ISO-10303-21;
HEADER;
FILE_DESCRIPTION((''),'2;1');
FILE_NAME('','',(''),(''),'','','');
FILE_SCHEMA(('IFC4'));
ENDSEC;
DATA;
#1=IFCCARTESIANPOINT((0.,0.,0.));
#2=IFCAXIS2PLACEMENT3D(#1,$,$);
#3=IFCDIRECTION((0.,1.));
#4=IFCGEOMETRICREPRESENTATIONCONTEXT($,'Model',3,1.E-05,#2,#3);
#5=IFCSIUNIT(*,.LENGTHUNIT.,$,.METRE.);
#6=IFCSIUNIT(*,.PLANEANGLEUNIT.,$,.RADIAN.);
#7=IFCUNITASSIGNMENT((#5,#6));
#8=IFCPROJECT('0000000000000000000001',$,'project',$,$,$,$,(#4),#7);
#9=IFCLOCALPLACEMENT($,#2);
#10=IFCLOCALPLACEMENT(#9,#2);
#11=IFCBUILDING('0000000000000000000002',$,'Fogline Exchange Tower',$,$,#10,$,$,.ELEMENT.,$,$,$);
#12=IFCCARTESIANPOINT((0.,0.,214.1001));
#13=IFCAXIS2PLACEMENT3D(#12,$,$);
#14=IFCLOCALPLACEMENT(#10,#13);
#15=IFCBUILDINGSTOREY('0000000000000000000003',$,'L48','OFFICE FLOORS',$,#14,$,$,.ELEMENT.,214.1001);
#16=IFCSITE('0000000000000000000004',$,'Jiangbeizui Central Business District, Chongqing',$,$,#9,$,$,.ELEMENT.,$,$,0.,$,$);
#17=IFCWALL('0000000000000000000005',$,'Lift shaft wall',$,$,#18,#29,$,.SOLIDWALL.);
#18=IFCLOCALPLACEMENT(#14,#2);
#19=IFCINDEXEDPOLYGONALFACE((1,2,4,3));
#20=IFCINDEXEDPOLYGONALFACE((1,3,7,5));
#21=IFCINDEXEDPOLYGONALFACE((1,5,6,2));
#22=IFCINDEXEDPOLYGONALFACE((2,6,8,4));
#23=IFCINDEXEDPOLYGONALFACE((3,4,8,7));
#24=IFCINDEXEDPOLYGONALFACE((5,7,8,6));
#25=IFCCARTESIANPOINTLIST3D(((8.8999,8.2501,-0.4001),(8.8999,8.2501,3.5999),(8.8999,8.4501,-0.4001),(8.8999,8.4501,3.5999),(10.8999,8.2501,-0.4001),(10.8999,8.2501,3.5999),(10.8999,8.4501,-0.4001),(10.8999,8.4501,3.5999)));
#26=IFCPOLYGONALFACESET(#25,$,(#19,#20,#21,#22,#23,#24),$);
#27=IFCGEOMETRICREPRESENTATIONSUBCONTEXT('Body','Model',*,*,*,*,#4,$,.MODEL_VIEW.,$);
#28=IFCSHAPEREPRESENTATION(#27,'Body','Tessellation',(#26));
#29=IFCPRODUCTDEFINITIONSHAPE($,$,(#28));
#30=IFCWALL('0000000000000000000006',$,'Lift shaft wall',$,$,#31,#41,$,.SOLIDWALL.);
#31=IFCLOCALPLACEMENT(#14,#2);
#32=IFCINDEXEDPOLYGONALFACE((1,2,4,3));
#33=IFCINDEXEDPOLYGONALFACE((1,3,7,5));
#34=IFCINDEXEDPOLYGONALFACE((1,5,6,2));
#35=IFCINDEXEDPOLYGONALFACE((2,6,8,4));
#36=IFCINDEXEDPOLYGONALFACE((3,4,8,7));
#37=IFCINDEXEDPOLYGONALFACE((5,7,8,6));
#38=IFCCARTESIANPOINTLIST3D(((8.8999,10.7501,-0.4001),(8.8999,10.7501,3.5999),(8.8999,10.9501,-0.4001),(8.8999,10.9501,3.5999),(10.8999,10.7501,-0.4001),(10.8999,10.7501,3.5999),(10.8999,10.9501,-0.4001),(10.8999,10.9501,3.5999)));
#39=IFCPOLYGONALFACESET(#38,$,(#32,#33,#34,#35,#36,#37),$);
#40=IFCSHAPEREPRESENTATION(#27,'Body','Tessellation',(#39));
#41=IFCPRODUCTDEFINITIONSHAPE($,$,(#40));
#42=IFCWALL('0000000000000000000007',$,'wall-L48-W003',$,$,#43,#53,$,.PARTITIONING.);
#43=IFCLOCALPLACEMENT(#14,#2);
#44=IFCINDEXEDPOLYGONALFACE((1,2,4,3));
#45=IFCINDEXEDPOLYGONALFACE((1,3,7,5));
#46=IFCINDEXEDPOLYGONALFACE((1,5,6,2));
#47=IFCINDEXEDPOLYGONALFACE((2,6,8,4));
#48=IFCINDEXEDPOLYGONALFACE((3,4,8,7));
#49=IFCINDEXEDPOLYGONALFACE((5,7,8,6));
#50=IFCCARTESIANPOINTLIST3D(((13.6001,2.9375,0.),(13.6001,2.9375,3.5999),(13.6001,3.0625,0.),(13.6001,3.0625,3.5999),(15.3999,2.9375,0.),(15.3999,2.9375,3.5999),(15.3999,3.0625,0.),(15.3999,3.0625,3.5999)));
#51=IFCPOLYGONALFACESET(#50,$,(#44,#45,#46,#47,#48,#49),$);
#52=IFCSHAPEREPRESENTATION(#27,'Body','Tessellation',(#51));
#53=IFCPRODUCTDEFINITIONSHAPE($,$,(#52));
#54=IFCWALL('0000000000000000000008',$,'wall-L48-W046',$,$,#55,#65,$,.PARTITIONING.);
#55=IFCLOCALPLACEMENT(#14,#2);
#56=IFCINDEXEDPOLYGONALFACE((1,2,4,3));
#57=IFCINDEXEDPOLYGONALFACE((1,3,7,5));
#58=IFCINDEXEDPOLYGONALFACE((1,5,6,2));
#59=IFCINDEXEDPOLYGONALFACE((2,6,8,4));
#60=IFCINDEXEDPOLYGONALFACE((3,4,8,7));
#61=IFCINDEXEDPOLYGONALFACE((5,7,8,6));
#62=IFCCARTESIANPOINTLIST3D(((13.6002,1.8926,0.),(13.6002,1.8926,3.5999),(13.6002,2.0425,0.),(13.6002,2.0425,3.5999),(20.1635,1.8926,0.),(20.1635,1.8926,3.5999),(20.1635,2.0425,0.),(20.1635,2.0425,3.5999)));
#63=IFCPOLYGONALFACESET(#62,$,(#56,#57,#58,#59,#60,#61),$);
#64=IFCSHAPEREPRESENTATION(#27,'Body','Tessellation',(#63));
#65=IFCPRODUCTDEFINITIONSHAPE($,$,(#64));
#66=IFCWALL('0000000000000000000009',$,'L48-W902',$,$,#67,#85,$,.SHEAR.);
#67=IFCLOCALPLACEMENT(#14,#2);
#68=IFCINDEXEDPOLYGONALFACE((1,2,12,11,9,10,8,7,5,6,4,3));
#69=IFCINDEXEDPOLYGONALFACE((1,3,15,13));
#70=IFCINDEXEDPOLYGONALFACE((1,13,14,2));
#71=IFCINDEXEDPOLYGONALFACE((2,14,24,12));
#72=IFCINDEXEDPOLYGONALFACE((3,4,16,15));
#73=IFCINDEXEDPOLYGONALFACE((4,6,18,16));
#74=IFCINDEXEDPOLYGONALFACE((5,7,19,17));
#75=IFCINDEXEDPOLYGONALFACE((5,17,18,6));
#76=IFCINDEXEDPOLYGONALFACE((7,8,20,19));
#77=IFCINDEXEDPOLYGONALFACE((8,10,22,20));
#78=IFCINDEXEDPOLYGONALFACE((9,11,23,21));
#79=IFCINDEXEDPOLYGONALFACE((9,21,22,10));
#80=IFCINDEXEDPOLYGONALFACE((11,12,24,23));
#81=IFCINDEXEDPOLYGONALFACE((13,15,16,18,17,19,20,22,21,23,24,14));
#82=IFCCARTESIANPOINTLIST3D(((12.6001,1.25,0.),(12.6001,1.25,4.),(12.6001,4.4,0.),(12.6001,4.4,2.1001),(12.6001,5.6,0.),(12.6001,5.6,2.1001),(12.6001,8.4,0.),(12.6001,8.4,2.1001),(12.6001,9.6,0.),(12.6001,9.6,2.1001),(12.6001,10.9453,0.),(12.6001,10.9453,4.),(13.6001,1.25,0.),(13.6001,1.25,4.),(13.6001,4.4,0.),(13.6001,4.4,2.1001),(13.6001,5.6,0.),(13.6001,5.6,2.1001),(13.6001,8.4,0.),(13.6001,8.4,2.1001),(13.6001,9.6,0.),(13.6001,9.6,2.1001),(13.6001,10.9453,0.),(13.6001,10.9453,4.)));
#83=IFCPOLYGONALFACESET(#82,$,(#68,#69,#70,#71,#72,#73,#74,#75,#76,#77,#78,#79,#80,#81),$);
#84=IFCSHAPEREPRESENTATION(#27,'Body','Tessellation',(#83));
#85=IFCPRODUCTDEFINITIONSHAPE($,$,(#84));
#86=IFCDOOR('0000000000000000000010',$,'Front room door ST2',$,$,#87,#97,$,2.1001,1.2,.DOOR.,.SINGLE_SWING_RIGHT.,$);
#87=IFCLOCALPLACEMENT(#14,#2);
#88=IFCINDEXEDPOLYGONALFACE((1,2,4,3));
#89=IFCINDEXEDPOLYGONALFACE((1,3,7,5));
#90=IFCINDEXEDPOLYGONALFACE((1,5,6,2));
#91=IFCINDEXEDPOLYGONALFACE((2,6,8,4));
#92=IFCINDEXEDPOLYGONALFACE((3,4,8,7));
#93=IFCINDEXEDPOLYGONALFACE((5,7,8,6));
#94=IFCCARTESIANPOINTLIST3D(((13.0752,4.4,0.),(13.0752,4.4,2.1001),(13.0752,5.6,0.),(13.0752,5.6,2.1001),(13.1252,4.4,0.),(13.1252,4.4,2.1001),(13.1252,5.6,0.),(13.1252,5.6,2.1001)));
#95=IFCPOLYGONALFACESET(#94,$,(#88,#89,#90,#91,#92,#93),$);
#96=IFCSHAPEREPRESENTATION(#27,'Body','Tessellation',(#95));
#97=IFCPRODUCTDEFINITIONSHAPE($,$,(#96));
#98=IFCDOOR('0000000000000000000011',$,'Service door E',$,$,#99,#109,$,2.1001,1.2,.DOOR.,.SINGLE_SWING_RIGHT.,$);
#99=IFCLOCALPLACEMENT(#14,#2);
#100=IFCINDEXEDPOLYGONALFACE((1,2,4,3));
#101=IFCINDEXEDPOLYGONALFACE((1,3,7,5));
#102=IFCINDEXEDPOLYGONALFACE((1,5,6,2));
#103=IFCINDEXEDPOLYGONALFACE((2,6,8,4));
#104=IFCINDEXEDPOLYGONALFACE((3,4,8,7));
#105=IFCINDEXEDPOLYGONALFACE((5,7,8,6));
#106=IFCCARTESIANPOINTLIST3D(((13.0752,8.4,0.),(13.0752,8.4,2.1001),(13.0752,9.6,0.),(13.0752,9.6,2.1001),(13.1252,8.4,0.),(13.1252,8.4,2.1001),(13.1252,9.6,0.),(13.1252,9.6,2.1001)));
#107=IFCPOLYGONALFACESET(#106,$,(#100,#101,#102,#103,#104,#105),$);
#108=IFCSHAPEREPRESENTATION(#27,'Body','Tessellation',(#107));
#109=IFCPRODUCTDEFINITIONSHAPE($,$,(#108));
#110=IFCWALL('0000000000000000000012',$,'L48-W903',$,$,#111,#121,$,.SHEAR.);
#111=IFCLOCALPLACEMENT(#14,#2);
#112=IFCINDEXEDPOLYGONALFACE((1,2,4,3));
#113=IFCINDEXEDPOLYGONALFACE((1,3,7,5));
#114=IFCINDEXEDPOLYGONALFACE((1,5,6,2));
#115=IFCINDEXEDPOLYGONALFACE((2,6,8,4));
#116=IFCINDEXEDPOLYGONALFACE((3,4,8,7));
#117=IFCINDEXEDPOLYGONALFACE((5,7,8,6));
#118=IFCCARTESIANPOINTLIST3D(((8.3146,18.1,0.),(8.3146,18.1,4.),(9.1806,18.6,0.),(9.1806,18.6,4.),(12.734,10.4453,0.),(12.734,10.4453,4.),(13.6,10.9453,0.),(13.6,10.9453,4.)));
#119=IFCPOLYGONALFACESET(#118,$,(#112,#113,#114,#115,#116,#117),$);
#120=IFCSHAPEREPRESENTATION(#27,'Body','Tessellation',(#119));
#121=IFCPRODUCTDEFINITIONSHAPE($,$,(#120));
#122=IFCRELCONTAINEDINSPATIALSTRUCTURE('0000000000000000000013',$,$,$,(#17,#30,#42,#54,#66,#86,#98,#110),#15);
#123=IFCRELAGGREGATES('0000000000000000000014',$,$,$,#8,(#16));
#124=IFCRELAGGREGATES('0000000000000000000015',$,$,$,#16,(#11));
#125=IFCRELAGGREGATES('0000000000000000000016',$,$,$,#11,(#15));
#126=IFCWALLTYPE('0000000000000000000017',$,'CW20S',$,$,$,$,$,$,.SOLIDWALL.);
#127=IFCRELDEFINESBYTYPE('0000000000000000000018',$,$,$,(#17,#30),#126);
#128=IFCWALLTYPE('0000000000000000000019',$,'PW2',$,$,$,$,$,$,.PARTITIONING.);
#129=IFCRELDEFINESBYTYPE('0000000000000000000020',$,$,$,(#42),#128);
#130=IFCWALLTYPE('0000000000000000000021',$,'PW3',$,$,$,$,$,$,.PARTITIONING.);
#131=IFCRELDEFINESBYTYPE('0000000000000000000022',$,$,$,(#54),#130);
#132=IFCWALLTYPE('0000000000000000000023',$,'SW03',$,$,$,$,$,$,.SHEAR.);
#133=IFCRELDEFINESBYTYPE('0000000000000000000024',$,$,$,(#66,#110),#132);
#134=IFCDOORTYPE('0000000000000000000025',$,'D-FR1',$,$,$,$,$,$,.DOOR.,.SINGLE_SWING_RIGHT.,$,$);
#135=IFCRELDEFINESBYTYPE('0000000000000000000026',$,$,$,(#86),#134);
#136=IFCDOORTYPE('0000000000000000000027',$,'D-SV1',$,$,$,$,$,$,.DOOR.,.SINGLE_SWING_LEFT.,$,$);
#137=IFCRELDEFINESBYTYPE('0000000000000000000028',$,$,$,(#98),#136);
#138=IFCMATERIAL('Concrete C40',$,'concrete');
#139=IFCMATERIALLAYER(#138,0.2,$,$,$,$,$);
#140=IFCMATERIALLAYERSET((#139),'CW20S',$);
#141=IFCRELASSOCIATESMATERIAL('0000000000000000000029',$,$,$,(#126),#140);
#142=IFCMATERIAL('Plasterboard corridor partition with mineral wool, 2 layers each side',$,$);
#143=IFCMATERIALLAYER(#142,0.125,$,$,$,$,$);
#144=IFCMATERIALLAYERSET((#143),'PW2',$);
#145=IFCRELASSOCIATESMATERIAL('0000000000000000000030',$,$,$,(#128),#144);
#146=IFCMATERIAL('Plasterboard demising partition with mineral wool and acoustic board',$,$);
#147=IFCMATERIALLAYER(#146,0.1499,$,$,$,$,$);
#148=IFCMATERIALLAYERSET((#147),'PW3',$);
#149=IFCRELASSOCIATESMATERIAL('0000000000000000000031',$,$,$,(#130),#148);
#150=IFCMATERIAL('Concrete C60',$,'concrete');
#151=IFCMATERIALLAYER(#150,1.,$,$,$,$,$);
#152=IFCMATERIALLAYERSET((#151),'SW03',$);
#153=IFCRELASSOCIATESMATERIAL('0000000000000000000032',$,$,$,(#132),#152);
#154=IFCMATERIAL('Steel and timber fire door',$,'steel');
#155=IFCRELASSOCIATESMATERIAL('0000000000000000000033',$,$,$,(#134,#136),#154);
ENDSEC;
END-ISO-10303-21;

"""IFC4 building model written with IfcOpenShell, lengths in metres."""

from ifc_helpers import new_model, si_unit, direction, frame, frame_2d, origin, place, context, subcontext, project, spatial, rectangle, extrude, material, layer, layer_set, type_object, element, fill, save


model = new_model("IFC4")

# Units and contexts
model_context = context("Model", 3, precision=1e-05, world=origin(), true_north=direction((0.0, 1.0)))
body_context = subcontext(model_context, "Body", "Model", "MODEL_VIEW")
ifc_project = project(units=[si_unit("LENGTHUNIT", "METRE"), si_unit("PLANEANGLEUNIT", "RADIAN")], contexts=[model_context])

# Site, building, storey
site_placement = place(None, origin())
site = spatial("IfcSite", under=ifc_project, at=site_placement, Name="Jiangbeizui Central Business District, Chongqing", CompositionType="ELEMENT", RefElevation=0.0)
building_placement = place(site_placement, origin())
building = spatial("IfcBuilding", under=site, at=building_placement, Name="Fogline Exchange Tower", CompositionType="ELEMENT")
storey_placement = place(building_placement, frame((0.0, 0.0, 214.1001)))
storey = spatial("IfcBuildingStorey", under=building, at=storey_placement, Name="L48", Description="OFFICE FLOORS", CompositionType="ELEMENT", Elevation=214.1001)

# Shared definitions
ifc_material_1 = material(Name="Concrete C60", Category="concrete")

# Shared definitions
ifc_material_2 = material(Name="Concrete C40", Category="concrete")

# Shared definitions
ifc_material_3 = material(Name="Steel and timber fire door", Category="steel")

# Walls
ifc_layer_1 = layer(ifc_material_2, 0.2)
ifc_layer_set_1 = layer_set([ifc_layer_1], Name="CW20S")
wall_type_1 = type_object("IfcWallType", Name="CW20S", PredefinedType="SOLIDWALL", material=ifc_layer_set_1)
for number, where, z_axis, x_axis, name in (
    (1, (8.8999, 8.3501, -0.4001), (0.0, 0.0, 1.0), (1.0, 0.0, 0.0), "Lift shaft wall"),
    (2, (8.8999, 10.8501, -0.4001), (0.0, 0.0, 1.0), (1.0, 0.0, 0.0), "Lift shaft wall"),
):
    element("IfcWall", number, at=place(storey_placement, frame(where, z_axis=z_axis, x_axis=x_axis)), inside=storey, type_object=wall_type_1, Name=name, PredefinedType="SOLIDWALL", context=body_context, shape_type="SweptSolid", body=[
        extrude(rectangle(XDim=2.0, YDim=0.2, at=frame_2d((1.0, 0.0))), origin(), (0.0, 0.0, 1.0), 4.0),
    ])
ifc_material_4 = material(Name="Plasterboard corridor partition with mineral wool, 2 layers each side")
ifc_layer_2 = layer(ifc_material_4, 0.125)
ifc_layer_set_2 = layer_set([ifc_layer_2], Name="PW2")
wall_type_2 = type_object("IfcWallType", Name="PW2", PredefinedType="PARTITIONING", material=ifc_layer_set_2)
wall_1_placement = place(storey_placement, frame((15.3999, 3.0, 0.0), z_axis=(0.0, 0.0, 1.0), x_axis=(-1.0, 0.0, 0.0)))
element("IfcWall", 3, at=wall_1_placement, inside=storey, type_object=wall_type_2, Name="wall-L48-W003", PredefinedType="PARTITIONING", context=body_context, shape_type="SweptSolid", body=[
    extrude(rectangle(XDim=1.7998, YDim=0.125, at=frame_2d((0.8999, 0.0))), origin(), (0.0, 0.0, 1.0), 3.5999),
])
ifc_material_5 = material(Name="Plasterboard demising partition with mineral wool and acoustic board")
ifc_layer_3 = layer(ifc_material_5, 0.1499)
ifc_layer_set_3 = layer_set([ifc_layer_3], Name="PW3")
wall_type_3 = type_object("IfcWallType", Name="PW3", PredefinedType="PARTITIONING", material=ifc_layer_set_3)
wall_2_placement = place(storey_placement, frame((13.6001, 1.9675, 0.0), z_axis=(0.0, 0.0, 1.0), x_axis=(1.0, 0.0, 0.0)))
element("IfcWall", 4, at=wall_2_placement, inside=storey, type_object=wall_type_3, Name="wall-L48-W046", PredefinedType="PARTITIONING", context=body_context, shape_type="SweptSolid", body=[
    extrude(rectangle(XDim=6.5632, YDim=0.1499, at=frame_2d((3.2817, 0.0))), origin(), (0.0, 0.0, 1.0), 3.5999),
])

# Wall, openings, doors
ifc_layer_4 = layer(ifc_material_1, 1.0)
ifc_layer_set_4 = layer_set([ifc_layer_4], Name="SW03")
wall_type_4 = type_object("IfcWallType", Name="SW03", PredefinedType="SHEAR", material=ifc_layer_set_4)
wall_3_placement = place(storey_placement, frame((13.1001, 1.25, 0.0), z_axis=(0.0, 0.0, 1.0), x_axis=(0.0, 1.0, 0.0)))
wall_3 = element("IfcWall", 5, at=wall_3_placement, inside=storey, type_object=wall_type_4, Name="L48-W902", PredefinedType="SHEAR", context=body_context, shape_type="SweptSolid", body=[
    extrude(rectangle(XDim=9.6953, YDim=1.0, at=frame_2d((4.8477, 0.0))), origin(), (0.0, 0.0, 1.0), 4.0),
])
opening_1_placement = place(wall_3_placement, frame((3.1499, 0.0, 0.0)))
opening_1 = element("IfcOpeningElement", 6, at=opening_1_placement, cuts=wall_3, PredefinedType="OPENING", context=body_context, shape_type="SweptSolid", body=[
    extrude(rectangle(XDim=1.2, YDim=2.1001, at=frame_2d((0.6001, 1.05))), frame((0.0, 0.51, 0.0), z_axis=(0.0, -1.0, 0.0), x_axis=(1.0, 0.0, 0.0)), (0.0, 0.0, 1.0), 1.02),
])
opening_2_placement = place(wall_3_placement, frame((7.1499, 0.0, 0.0)))
opening_2 = element("IfcOpeningElement", 7, at=opening_2_placement, cuts=wall_3, PredefinedType="OPENING", context=body_context, shape_type="SweptSolid", body=[
    extrude(rectangle(XDim=1.2, YDim=2.1001, at=frame_2d((0.6001, 1.05))), frame((0.0, 0.51, 0.0), z_axis=(0.0, -1.0, 0.0), x_axis=(1.0, 0.0, 0.0)), (0.0, 0.0, 1.0), 1.02),
])
door_type_1 = type_object("IfcDoorType", Name="D-FR1", OperationType="SINGLE_SWING_RIGHT", PredefinedType="DOOR", material=ifc_material_3)
door_1_placement = place(opening_1_placement, origin())
door_1 = element("IfcDoor", 8, at=door_1_placement, inside=storey, type_object=door_type_1, Name="Front room door ST2", OperationType="SINGLE_SWING_RIGHT", OverallHeight=2.1001, OverallWidth=1.2, PredefinedType="DOOR", context=body_context, shape_type="SweptSolid", body=[
    extrude(rectangle(XDim=1.2, YDim=2.1001, at=frame_2d((0.6001, 1.05))), frame((0.0, 0.0249, 0.0), z_axis=(0.0, -1.0, 0.0), x_axis=(1.0, 0.0, 0.0)), (0.0, 0.0, 1.0), 0.05),
])
fill(opening_1, door_1)
door_type_2 = type_object("IfcDoorType", Name="D-SV1", OperationType="SINGLE_SWING_LEFT", PredefinedType="DOOR", material=ifc_material_3)
door_2_placement = place(opening_2_placement, origin())
door_2 = element("IfcDoor", 9, at=door_2_placement, inside=storey, type_object=door_type_2, Name="Service door E", OperationType="SINGLE_SWING_RIGHT", OverallHeight=2.1001, OverallWidth=1.2, PredefinedType="DOOR", context=body_context, shape_type="SweptSolid", body=[
    extrude(rectangle(XDim=1.2, YDim=2.1001, at=frame_2d((0.6001, 1.05))), frame((0.0, 0.0249, 0.0), z_axis=(0.0, -1.0, 0.0), x_axis=(1.0, 0.0, 0.0)), (0.0, 0.0, 1.0), 0.05),
])
fill(opening_2, door_2)

# Wall
wall_4_placement = place(storey_placement, frame((13.167, 10.6953, 0.0), z_axis=(0.0, 0.0, 1.0), x_axis=(-0.499995, 0.866028, 0.0)))
element("IfcWall", 10, at=wall_4_placement, inside=storey, type_object=wall_type_4, Name="L48-W903", PredefinedType="SHEAR", context=body_context, shape_type="SweptSolid", body=[
    extrude(rectangle(XDim=8.8389, YDim=1.0, at=frame_2d((4.4194, 0.0))), origin(), (0.0, 0.0, 1.0), 4.0),
])

save(model, "model.ifc")
